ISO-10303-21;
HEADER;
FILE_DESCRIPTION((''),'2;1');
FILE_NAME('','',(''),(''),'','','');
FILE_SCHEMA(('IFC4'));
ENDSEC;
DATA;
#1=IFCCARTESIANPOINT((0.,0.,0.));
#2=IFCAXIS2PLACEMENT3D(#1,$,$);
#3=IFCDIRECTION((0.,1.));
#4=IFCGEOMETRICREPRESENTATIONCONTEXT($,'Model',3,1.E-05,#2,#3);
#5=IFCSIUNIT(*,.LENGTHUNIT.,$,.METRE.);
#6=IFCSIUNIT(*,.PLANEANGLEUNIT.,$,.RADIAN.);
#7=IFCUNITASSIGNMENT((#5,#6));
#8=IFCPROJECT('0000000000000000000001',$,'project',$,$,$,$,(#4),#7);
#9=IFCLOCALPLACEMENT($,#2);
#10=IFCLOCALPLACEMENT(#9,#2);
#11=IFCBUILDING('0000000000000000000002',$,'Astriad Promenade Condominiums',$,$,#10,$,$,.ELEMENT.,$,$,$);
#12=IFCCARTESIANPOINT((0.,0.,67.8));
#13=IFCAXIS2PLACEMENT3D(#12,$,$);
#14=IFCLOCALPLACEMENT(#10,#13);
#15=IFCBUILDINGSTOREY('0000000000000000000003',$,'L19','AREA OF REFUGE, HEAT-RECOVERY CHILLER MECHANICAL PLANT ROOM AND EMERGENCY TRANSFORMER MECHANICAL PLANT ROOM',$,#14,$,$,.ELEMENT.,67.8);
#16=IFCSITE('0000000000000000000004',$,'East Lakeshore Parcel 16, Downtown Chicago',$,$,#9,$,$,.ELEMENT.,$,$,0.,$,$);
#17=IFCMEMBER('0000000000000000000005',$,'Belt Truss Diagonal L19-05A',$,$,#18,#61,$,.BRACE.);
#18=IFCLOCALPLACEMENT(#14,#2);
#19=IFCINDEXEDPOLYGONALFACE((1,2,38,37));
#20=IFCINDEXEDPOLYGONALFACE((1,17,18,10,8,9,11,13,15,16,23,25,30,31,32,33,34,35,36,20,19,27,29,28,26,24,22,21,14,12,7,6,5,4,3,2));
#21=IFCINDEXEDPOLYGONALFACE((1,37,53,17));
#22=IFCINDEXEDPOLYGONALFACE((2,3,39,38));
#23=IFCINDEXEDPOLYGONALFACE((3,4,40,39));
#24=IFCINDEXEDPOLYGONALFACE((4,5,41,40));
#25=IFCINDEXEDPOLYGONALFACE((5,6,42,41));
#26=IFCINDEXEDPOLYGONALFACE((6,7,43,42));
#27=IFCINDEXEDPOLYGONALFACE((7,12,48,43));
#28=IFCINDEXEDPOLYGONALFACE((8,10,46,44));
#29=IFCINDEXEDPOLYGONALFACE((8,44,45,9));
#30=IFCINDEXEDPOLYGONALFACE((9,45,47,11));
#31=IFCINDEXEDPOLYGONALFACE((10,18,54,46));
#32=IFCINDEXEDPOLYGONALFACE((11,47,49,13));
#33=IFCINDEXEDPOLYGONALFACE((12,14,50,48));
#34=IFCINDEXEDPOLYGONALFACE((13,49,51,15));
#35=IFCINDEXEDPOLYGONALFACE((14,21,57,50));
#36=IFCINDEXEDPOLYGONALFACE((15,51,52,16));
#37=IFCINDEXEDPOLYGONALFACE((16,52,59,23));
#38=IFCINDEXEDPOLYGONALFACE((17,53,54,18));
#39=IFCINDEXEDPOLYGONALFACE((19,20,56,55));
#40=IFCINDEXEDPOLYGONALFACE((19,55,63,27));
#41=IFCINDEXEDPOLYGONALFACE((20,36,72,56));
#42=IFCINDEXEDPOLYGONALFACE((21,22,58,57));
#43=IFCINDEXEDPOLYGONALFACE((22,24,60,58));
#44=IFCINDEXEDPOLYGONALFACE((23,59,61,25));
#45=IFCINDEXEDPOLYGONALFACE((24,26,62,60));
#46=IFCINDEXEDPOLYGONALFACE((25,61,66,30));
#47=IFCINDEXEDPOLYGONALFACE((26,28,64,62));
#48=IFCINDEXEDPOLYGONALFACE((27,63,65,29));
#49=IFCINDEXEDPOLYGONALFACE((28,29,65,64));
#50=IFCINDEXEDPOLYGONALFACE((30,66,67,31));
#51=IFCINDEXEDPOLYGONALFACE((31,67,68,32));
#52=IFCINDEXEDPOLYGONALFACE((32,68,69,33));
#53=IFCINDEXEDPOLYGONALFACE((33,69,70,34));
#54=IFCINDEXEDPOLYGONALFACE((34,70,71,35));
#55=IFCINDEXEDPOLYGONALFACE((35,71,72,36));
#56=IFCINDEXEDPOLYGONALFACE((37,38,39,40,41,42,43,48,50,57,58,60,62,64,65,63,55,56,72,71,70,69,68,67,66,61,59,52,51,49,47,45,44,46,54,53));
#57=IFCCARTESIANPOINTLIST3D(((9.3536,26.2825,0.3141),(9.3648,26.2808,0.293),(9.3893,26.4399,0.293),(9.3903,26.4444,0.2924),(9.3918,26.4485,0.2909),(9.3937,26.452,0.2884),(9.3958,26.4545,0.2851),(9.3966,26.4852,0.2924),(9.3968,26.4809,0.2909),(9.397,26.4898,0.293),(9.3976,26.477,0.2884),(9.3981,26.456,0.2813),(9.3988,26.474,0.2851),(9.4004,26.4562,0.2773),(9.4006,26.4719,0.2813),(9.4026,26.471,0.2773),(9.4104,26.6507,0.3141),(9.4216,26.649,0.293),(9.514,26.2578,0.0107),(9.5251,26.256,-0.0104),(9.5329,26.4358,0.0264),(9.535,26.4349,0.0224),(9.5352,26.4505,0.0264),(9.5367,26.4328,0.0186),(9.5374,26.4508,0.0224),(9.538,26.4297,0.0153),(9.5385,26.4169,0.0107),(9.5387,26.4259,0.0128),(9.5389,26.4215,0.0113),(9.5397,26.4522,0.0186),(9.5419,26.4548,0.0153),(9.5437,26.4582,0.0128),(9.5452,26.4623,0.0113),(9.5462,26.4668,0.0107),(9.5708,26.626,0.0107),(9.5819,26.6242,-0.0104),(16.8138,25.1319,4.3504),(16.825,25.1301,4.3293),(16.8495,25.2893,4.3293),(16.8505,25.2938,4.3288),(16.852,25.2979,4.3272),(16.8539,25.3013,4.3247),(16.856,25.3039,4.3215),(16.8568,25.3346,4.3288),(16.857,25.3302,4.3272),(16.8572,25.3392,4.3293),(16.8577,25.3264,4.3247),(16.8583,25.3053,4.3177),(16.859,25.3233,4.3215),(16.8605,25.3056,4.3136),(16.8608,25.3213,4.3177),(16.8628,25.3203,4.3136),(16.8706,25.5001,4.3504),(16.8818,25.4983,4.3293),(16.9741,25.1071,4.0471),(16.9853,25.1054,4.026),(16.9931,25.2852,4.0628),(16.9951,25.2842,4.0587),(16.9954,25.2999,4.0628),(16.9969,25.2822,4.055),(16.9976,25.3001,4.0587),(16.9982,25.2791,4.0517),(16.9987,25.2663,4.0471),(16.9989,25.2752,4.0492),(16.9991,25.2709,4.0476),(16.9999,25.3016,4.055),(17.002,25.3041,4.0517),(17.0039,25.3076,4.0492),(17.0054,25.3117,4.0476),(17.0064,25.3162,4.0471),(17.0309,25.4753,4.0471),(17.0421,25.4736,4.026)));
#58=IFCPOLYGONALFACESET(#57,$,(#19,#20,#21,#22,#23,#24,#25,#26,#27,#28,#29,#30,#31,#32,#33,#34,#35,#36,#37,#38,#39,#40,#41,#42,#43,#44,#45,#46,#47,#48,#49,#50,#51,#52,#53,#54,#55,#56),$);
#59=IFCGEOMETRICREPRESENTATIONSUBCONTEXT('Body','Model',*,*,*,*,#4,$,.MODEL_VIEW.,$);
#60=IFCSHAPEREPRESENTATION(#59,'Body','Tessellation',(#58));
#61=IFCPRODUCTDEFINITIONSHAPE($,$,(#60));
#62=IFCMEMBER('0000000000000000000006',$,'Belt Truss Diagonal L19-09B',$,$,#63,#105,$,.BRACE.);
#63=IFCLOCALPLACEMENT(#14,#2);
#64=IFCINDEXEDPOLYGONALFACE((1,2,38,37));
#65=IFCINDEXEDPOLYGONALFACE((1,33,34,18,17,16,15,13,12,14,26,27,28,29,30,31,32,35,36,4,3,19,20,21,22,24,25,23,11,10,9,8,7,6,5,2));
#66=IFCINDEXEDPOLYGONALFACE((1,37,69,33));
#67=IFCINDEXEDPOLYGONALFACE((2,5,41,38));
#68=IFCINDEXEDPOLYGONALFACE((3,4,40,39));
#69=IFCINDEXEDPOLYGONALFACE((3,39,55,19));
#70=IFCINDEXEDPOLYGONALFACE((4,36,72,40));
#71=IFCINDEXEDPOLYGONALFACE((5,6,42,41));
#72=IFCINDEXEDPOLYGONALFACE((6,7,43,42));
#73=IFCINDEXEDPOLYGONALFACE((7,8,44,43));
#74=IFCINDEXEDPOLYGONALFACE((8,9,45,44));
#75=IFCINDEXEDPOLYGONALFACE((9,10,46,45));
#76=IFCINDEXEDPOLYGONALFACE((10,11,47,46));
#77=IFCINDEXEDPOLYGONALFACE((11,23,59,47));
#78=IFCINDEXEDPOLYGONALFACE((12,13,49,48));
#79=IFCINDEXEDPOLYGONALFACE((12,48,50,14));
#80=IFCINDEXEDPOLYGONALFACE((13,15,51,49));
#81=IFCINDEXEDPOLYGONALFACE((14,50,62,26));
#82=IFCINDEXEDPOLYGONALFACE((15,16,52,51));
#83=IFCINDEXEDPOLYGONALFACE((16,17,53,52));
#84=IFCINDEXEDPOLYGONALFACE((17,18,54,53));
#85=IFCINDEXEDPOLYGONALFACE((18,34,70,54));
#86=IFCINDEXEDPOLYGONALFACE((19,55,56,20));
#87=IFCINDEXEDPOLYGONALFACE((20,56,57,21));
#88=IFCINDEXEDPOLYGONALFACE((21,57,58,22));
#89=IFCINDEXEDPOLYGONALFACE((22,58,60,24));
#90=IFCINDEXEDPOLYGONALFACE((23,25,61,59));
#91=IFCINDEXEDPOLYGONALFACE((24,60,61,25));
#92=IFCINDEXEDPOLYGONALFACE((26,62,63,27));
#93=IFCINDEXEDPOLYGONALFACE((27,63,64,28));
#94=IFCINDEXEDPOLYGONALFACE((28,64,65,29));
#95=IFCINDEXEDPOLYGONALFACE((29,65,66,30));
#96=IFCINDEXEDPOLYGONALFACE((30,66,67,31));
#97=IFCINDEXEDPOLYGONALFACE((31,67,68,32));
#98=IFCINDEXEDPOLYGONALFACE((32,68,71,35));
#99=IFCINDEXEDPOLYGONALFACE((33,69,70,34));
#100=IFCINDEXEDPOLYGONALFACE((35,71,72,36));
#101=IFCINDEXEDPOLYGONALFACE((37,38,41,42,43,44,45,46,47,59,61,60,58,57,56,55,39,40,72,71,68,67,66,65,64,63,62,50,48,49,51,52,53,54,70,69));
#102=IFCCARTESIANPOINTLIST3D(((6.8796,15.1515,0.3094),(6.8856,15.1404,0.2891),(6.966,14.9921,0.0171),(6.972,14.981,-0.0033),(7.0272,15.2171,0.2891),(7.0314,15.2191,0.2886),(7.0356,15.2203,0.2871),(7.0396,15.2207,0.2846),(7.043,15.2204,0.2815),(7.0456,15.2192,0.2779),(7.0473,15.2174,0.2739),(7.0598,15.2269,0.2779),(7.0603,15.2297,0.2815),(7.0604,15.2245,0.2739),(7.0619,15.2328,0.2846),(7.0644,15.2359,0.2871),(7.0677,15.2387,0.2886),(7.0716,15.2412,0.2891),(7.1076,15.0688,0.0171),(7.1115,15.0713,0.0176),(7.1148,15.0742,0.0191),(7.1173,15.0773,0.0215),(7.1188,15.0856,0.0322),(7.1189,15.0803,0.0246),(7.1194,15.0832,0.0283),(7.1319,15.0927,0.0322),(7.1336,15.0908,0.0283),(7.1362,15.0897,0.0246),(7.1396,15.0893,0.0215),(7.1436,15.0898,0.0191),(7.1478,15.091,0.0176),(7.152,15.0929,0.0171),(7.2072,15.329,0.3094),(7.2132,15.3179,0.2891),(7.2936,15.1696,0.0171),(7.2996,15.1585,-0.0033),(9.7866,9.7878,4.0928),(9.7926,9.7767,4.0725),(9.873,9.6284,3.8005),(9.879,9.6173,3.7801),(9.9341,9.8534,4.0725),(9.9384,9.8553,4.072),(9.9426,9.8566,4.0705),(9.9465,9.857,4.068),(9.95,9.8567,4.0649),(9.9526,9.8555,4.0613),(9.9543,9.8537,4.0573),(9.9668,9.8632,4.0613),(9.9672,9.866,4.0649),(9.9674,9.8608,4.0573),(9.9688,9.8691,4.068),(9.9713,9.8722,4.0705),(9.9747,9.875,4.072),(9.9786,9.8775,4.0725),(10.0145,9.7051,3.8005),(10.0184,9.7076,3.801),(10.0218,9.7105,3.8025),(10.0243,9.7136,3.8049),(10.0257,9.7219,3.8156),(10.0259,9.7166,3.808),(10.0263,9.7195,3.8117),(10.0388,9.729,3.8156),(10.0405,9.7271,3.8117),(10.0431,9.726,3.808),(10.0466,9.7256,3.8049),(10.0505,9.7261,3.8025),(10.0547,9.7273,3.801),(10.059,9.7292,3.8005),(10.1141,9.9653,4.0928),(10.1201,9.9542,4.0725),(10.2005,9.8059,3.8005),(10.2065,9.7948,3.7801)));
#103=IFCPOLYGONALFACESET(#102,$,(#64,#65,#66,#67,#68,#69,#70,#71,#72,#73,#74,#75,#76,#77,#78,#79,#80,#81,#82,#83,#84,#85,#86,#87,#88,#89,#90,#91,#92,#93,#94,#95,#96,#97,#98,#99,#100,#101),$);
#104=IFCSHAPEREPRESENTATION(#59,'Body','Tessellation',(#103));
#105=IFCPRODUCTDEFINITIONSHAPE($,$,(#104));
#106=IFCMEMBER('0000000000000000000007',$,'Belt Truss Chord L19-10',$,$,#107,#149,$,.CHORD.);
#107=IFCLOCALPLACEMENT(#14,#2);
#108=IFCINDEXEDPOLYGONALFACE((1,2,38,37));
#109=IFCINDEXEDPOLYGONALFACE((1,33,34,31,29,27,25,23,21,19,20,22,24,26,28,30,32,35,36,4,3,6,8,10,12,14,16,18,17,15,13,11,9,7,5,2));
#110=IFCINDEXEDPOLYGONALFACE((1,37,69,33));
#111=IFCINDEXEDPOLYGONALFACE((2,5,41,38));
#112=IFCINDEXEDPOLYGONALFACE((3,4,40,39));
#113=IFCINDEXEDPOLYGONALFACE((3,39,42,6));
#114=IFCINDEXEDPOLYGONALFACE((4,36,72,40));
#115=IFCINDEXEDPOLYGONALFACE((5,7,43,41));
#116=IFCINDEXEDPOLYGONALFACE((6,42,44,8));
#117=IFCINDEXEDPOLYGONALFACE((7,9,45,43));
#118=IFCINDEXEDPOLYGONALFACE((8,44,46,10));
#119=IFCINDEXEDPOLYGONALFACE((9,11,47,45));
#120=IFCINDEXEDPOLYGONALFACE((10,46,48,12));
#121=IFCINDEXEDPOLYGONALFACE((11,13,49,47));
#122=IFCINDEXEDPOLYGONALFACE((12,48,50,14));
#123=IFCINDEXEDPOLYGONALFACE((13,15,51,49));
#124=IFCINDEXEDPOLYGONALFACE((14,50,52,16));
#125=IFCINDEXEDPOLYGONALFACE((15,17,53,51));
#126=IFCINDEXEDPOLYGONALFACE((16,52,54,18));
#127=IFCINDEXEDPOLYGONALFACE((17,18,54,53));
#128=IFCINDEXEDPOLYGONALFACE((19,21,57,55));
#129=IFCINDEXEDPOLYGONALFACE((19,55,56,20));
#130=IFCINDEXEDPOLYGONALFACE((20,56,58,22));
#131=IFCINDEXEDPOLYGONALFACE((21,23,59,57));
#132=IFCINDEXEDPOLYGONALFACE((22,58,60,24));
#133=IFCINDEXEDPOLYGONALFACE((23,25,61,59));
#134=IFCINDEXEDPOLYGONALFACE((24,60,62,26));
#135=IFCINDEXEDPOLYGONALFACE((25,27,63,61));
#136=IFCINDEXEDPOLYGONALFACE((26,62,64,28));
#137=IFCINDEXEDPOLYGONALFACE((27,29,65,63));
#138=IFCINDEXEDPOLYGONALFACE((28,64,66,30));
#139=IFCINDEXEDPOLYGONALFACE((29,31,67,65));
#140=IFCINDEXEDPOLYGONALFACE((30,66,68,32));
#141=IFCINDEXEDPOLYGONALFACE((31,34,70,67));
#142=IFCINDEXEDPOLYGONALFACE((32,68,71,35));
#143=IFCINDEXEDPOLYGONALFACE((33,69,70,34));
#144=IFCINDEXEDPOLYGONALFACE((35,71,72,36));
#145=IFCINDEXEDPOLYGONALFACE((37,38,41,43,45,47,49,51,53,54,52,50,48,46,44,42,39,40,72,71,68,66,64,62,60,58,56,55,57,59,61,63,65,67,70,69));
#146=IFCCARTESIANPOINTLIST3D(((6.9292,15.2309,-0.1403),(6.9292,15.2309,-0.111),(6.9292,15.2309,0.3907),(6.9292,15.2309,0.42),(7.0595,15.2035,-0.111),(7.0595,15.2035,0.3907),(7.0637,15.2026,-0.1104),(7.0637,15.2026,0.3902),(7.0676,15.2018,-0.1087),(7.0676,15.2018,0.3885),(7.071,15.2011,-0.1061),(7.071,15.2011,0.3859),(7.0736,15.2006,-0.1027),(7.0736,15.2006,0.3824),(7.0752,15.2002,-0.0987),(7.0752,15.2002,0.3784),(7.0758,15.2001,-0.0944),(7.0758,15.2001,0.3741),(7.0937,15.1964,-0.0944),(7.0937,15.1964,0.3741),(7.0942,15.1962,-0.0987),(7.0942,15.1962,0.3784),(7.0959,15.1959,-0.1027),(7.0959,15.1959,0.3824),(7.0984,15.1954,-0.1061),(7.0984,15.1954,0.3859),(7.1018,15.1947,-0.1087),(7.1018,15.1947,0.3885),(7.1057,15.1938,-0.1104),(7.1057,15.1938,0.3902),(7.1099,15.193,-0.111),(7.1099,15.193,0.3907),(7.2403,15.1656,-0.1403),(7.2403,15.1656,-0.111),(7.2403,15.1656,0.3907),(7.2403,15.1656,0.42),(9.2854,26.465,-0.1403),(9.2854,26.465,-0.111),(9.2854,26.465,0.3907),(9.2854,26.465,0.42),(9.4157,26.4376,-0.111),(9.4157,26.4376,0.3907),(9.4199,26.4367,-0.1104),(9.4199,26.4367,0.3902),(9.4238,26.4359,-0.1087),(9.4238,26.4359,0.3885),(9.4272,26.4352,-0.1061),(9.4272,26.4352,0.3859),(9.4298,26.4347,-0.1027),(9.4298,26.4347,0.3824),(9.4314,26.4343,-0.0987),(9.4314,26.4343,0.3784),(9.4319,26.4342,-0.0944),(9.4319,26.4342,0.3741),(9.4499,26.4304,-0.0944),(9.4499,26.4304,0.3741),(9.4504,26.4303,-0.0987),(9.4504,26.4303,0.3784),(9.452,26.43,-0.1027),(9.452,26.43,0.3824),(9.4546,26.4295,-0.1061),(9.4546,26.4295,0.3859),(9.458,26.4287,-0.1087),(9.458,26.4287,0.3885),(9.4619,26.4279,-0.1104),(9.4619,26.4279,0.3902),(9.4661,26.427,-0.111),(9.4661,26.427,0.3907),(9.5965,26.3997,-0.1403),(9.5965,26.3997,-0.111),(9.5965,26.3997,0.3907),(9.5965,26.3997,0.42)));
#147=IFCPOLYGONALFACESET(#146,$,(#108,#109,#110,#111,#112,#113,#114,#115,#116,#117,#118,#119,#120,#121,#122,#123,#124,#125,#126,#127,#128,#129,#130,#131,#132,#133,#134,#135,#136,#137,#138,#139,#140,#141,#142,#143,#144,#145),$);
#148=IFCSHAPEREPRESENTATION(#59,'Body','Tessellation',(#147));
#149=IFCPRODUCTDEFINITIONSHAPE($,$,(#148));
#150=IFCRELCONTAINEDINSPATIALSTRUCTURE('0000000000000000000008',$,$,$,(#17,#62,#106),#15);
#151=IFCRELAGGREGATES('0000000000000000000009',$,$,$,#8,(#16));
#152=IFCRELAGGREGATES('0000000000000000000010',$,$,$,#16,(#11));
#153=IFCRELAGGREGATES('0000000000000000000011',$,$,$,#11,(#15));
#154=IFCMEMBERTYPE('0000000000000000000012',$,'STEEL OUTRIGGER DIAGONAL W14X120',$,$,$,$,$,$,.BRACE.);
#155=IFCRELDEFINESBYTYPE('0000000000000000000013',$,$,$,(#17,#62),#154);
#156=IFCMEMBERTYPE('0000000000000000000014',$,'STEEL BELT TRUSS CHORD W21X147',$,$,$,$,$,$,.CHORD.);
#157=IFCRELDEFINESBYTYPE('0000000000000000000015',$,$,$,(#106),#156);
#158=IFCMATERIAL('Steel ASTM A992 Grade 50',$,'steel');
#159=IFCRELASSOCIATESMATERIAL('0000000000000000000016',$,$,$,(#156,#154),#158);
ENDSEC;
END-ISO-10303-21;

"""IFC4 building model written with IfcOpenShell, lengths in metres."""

from ifc_helpers import new_model, si_unit, direction, frame, origin, origin_2d, place, context, subcontext, project, spatial, i_section, extrude, source, transform, mapped, material, material_profile, profile_set, type_object, element, save


model = new_model("IFC4")

# Units and contexts
model_context = context("Model", 3, precision=1e-05, world=origin(), true_north=direction((0.0, 1.0)))
body_context = subcontext(model_context, "Body", "Model", "MODEL_VIEW")
ifc_project = project(units=[si_unit("LENGTHUNIT", "METRE"), si_unit("PLANEANGLEUNIT", "RADIAN")], contexts=[model_context])

# Site, building, storey
site_placement = place(None, origin())
site = spatial("IfcSite", under=ifc_project, at=site_placement, Name="East Lakeshore Parcel 16, Downtown Chicago", CompositionType="ELEMENT", RefElevation=0.0)
building_placement = place(site_placement, origin())
building = spatial("IfcBuilding", under=site, at=building_placement, Name="Astriad Promenade Condominiums", CompositionType="ELEMENT")
storey_placement = place(building_placement, frame((0.0, 0.0, 67.8)))
storey = spatial("IfcBuildingStorey", under=building, at=storey_placement, Name="L19", Description="AREA OF REFUGE, HEAT-RECOVERY CHILLER MECHANICAL PLANT ROOM AND EMERGENCY TRANSFORMER MECHANICAL PLANT ROOM", CompositionType="ELEMENT", Elevation=67.8)

# Shared definitions
ifc_material_1 = material(Name="Steel ASTM A992 Grade 50", Category="steel")

# Members
ifc_material_profile_1 = material_profile(ifc_material_1, i_section(OverallWidth=0.3179, OverallDepth=0.5603, WebThickness=0.0183, FlangeThickness=0.0293, FilletRadius=0.0166, at=origin_2d()), Name="W21X147")
ifc_profile_set_1 = profile_set([ifc_material_profile_1], Name="Steel ASTM A992 Grade 50")
member_type_1 = type_object("IfcMemberType", Name="STEEL BELT TRUSS CHORD W21X147", PredefinedType="CHORD", material=ifc_profile_set_1)
ifc_material_profile_2 = material_profile(ifc_material_1, i_section(OverallWidth=0.3726, OverallDepth=0.3679, WebThickness=0.0149, FlangeThickness=0.0239, FilletRadius=0.0178, at=origin_2d()), Name="W14X120")
ifc_profile_set_2 = profile_set([ifc_material_profile_2], Name="Steel ASTM A992 Grade 50")
member_type_2 = type_object("IfcMemberType", Name="STEEL OUTRIGGER DIAGONAL W14X120", PredefinedType="BRACE", material=ifc_profile_set_2)
shared_shape_1 = source(origin(), body_context, "Body", "SweptSolid", [
    extrude(i_section(OverallWidth=0.3726, OverallDepth=0.3679, WebThickness=0.0149, FlangeThickness=0.0239, FilletRadius=0.0178, at=origin_2d()), origin(), (0.0, 0.0, 1.0), 8.5598),
])
member_1_placement = place(storey_placement, frame((9.4678, 26.4534, 0.1519), z_axis=(0.871535, -0.134422, 0.471548), x_axis=(0.152434, 0.988314, 0.0)))
element("IfcMember", 1, at=member_1_placement, inside=storey, type_object=member_type_2, Name="Belt Truss Diagonal L19-05A", PredefinedType="BRACE", context=body_context, shape_type="MappedRepresentation", body=[
    mapped(shared_shape_1, transform((0.0, 0.0, 0.0), scale=1.0)),
])
shared_shape_2 = source(origin(), body_context, "Body", "SweptSolid", [
    extrude(i_section(OverallWidth=0.3726, OverallDepth=0.3679, WebThickness=0.0149, FlangeThickness=0.0239, FilletRadius=0.0178, at=origin_2d()), origin(), (0.0, 0.0, 1.0), 7.1787),
])
member_2_placement = place(storey_placement, frame((7.0896, 15.155, 0.1531), z_axis=(0.40494, -0.747169, 0.527031), x_axis=(0.879182, 0.476487, 0.0)))
element("IfcMember", 2, at=member_2_placement, inside=storey, type_object=member_type_2, Name="Belt Truss Diagonal L19-09B", PredefinedType="BRACE", context=body_context, shape_type="MappedRepresentation", body=[
    mapped(shared_shape_2, transform((0.0, 0.0, 0.0), scale=1.0)),
])
shared_shape_3 = source(origin(), body_context, "Body", "SweptSolid", [
    extrude(i_section(OverallWidth=0.3179, OverallDepth=0.5603, WebThickness=0.0183, FlangeThickness=0.0293, FilletRadius=0.0166, at=origin_2d()), origin(), (0.0, 0.0, 1.0), 11.4785),
])
member_3_placement = place(storey_placement, frame((7.0847, 15.1982, 0.1399), z_axis=(0.20527, 0.978705, 0.0), x_axis=(-0.978705, 0.20527, 0.0)))
element("IfcMember", 3, at=member_3_placement, inside=storey, type_object=member_type_1, Name="Belt Truss Chord L19-10", PredefinedType="CHORD", context=body_context, shape_type="MappedRepresentation", body=[
    mapped(shared_shape_3, transform((0.0, 0.0, 0.0), scale=1.0)),
])

save(model, "model.ifc")
